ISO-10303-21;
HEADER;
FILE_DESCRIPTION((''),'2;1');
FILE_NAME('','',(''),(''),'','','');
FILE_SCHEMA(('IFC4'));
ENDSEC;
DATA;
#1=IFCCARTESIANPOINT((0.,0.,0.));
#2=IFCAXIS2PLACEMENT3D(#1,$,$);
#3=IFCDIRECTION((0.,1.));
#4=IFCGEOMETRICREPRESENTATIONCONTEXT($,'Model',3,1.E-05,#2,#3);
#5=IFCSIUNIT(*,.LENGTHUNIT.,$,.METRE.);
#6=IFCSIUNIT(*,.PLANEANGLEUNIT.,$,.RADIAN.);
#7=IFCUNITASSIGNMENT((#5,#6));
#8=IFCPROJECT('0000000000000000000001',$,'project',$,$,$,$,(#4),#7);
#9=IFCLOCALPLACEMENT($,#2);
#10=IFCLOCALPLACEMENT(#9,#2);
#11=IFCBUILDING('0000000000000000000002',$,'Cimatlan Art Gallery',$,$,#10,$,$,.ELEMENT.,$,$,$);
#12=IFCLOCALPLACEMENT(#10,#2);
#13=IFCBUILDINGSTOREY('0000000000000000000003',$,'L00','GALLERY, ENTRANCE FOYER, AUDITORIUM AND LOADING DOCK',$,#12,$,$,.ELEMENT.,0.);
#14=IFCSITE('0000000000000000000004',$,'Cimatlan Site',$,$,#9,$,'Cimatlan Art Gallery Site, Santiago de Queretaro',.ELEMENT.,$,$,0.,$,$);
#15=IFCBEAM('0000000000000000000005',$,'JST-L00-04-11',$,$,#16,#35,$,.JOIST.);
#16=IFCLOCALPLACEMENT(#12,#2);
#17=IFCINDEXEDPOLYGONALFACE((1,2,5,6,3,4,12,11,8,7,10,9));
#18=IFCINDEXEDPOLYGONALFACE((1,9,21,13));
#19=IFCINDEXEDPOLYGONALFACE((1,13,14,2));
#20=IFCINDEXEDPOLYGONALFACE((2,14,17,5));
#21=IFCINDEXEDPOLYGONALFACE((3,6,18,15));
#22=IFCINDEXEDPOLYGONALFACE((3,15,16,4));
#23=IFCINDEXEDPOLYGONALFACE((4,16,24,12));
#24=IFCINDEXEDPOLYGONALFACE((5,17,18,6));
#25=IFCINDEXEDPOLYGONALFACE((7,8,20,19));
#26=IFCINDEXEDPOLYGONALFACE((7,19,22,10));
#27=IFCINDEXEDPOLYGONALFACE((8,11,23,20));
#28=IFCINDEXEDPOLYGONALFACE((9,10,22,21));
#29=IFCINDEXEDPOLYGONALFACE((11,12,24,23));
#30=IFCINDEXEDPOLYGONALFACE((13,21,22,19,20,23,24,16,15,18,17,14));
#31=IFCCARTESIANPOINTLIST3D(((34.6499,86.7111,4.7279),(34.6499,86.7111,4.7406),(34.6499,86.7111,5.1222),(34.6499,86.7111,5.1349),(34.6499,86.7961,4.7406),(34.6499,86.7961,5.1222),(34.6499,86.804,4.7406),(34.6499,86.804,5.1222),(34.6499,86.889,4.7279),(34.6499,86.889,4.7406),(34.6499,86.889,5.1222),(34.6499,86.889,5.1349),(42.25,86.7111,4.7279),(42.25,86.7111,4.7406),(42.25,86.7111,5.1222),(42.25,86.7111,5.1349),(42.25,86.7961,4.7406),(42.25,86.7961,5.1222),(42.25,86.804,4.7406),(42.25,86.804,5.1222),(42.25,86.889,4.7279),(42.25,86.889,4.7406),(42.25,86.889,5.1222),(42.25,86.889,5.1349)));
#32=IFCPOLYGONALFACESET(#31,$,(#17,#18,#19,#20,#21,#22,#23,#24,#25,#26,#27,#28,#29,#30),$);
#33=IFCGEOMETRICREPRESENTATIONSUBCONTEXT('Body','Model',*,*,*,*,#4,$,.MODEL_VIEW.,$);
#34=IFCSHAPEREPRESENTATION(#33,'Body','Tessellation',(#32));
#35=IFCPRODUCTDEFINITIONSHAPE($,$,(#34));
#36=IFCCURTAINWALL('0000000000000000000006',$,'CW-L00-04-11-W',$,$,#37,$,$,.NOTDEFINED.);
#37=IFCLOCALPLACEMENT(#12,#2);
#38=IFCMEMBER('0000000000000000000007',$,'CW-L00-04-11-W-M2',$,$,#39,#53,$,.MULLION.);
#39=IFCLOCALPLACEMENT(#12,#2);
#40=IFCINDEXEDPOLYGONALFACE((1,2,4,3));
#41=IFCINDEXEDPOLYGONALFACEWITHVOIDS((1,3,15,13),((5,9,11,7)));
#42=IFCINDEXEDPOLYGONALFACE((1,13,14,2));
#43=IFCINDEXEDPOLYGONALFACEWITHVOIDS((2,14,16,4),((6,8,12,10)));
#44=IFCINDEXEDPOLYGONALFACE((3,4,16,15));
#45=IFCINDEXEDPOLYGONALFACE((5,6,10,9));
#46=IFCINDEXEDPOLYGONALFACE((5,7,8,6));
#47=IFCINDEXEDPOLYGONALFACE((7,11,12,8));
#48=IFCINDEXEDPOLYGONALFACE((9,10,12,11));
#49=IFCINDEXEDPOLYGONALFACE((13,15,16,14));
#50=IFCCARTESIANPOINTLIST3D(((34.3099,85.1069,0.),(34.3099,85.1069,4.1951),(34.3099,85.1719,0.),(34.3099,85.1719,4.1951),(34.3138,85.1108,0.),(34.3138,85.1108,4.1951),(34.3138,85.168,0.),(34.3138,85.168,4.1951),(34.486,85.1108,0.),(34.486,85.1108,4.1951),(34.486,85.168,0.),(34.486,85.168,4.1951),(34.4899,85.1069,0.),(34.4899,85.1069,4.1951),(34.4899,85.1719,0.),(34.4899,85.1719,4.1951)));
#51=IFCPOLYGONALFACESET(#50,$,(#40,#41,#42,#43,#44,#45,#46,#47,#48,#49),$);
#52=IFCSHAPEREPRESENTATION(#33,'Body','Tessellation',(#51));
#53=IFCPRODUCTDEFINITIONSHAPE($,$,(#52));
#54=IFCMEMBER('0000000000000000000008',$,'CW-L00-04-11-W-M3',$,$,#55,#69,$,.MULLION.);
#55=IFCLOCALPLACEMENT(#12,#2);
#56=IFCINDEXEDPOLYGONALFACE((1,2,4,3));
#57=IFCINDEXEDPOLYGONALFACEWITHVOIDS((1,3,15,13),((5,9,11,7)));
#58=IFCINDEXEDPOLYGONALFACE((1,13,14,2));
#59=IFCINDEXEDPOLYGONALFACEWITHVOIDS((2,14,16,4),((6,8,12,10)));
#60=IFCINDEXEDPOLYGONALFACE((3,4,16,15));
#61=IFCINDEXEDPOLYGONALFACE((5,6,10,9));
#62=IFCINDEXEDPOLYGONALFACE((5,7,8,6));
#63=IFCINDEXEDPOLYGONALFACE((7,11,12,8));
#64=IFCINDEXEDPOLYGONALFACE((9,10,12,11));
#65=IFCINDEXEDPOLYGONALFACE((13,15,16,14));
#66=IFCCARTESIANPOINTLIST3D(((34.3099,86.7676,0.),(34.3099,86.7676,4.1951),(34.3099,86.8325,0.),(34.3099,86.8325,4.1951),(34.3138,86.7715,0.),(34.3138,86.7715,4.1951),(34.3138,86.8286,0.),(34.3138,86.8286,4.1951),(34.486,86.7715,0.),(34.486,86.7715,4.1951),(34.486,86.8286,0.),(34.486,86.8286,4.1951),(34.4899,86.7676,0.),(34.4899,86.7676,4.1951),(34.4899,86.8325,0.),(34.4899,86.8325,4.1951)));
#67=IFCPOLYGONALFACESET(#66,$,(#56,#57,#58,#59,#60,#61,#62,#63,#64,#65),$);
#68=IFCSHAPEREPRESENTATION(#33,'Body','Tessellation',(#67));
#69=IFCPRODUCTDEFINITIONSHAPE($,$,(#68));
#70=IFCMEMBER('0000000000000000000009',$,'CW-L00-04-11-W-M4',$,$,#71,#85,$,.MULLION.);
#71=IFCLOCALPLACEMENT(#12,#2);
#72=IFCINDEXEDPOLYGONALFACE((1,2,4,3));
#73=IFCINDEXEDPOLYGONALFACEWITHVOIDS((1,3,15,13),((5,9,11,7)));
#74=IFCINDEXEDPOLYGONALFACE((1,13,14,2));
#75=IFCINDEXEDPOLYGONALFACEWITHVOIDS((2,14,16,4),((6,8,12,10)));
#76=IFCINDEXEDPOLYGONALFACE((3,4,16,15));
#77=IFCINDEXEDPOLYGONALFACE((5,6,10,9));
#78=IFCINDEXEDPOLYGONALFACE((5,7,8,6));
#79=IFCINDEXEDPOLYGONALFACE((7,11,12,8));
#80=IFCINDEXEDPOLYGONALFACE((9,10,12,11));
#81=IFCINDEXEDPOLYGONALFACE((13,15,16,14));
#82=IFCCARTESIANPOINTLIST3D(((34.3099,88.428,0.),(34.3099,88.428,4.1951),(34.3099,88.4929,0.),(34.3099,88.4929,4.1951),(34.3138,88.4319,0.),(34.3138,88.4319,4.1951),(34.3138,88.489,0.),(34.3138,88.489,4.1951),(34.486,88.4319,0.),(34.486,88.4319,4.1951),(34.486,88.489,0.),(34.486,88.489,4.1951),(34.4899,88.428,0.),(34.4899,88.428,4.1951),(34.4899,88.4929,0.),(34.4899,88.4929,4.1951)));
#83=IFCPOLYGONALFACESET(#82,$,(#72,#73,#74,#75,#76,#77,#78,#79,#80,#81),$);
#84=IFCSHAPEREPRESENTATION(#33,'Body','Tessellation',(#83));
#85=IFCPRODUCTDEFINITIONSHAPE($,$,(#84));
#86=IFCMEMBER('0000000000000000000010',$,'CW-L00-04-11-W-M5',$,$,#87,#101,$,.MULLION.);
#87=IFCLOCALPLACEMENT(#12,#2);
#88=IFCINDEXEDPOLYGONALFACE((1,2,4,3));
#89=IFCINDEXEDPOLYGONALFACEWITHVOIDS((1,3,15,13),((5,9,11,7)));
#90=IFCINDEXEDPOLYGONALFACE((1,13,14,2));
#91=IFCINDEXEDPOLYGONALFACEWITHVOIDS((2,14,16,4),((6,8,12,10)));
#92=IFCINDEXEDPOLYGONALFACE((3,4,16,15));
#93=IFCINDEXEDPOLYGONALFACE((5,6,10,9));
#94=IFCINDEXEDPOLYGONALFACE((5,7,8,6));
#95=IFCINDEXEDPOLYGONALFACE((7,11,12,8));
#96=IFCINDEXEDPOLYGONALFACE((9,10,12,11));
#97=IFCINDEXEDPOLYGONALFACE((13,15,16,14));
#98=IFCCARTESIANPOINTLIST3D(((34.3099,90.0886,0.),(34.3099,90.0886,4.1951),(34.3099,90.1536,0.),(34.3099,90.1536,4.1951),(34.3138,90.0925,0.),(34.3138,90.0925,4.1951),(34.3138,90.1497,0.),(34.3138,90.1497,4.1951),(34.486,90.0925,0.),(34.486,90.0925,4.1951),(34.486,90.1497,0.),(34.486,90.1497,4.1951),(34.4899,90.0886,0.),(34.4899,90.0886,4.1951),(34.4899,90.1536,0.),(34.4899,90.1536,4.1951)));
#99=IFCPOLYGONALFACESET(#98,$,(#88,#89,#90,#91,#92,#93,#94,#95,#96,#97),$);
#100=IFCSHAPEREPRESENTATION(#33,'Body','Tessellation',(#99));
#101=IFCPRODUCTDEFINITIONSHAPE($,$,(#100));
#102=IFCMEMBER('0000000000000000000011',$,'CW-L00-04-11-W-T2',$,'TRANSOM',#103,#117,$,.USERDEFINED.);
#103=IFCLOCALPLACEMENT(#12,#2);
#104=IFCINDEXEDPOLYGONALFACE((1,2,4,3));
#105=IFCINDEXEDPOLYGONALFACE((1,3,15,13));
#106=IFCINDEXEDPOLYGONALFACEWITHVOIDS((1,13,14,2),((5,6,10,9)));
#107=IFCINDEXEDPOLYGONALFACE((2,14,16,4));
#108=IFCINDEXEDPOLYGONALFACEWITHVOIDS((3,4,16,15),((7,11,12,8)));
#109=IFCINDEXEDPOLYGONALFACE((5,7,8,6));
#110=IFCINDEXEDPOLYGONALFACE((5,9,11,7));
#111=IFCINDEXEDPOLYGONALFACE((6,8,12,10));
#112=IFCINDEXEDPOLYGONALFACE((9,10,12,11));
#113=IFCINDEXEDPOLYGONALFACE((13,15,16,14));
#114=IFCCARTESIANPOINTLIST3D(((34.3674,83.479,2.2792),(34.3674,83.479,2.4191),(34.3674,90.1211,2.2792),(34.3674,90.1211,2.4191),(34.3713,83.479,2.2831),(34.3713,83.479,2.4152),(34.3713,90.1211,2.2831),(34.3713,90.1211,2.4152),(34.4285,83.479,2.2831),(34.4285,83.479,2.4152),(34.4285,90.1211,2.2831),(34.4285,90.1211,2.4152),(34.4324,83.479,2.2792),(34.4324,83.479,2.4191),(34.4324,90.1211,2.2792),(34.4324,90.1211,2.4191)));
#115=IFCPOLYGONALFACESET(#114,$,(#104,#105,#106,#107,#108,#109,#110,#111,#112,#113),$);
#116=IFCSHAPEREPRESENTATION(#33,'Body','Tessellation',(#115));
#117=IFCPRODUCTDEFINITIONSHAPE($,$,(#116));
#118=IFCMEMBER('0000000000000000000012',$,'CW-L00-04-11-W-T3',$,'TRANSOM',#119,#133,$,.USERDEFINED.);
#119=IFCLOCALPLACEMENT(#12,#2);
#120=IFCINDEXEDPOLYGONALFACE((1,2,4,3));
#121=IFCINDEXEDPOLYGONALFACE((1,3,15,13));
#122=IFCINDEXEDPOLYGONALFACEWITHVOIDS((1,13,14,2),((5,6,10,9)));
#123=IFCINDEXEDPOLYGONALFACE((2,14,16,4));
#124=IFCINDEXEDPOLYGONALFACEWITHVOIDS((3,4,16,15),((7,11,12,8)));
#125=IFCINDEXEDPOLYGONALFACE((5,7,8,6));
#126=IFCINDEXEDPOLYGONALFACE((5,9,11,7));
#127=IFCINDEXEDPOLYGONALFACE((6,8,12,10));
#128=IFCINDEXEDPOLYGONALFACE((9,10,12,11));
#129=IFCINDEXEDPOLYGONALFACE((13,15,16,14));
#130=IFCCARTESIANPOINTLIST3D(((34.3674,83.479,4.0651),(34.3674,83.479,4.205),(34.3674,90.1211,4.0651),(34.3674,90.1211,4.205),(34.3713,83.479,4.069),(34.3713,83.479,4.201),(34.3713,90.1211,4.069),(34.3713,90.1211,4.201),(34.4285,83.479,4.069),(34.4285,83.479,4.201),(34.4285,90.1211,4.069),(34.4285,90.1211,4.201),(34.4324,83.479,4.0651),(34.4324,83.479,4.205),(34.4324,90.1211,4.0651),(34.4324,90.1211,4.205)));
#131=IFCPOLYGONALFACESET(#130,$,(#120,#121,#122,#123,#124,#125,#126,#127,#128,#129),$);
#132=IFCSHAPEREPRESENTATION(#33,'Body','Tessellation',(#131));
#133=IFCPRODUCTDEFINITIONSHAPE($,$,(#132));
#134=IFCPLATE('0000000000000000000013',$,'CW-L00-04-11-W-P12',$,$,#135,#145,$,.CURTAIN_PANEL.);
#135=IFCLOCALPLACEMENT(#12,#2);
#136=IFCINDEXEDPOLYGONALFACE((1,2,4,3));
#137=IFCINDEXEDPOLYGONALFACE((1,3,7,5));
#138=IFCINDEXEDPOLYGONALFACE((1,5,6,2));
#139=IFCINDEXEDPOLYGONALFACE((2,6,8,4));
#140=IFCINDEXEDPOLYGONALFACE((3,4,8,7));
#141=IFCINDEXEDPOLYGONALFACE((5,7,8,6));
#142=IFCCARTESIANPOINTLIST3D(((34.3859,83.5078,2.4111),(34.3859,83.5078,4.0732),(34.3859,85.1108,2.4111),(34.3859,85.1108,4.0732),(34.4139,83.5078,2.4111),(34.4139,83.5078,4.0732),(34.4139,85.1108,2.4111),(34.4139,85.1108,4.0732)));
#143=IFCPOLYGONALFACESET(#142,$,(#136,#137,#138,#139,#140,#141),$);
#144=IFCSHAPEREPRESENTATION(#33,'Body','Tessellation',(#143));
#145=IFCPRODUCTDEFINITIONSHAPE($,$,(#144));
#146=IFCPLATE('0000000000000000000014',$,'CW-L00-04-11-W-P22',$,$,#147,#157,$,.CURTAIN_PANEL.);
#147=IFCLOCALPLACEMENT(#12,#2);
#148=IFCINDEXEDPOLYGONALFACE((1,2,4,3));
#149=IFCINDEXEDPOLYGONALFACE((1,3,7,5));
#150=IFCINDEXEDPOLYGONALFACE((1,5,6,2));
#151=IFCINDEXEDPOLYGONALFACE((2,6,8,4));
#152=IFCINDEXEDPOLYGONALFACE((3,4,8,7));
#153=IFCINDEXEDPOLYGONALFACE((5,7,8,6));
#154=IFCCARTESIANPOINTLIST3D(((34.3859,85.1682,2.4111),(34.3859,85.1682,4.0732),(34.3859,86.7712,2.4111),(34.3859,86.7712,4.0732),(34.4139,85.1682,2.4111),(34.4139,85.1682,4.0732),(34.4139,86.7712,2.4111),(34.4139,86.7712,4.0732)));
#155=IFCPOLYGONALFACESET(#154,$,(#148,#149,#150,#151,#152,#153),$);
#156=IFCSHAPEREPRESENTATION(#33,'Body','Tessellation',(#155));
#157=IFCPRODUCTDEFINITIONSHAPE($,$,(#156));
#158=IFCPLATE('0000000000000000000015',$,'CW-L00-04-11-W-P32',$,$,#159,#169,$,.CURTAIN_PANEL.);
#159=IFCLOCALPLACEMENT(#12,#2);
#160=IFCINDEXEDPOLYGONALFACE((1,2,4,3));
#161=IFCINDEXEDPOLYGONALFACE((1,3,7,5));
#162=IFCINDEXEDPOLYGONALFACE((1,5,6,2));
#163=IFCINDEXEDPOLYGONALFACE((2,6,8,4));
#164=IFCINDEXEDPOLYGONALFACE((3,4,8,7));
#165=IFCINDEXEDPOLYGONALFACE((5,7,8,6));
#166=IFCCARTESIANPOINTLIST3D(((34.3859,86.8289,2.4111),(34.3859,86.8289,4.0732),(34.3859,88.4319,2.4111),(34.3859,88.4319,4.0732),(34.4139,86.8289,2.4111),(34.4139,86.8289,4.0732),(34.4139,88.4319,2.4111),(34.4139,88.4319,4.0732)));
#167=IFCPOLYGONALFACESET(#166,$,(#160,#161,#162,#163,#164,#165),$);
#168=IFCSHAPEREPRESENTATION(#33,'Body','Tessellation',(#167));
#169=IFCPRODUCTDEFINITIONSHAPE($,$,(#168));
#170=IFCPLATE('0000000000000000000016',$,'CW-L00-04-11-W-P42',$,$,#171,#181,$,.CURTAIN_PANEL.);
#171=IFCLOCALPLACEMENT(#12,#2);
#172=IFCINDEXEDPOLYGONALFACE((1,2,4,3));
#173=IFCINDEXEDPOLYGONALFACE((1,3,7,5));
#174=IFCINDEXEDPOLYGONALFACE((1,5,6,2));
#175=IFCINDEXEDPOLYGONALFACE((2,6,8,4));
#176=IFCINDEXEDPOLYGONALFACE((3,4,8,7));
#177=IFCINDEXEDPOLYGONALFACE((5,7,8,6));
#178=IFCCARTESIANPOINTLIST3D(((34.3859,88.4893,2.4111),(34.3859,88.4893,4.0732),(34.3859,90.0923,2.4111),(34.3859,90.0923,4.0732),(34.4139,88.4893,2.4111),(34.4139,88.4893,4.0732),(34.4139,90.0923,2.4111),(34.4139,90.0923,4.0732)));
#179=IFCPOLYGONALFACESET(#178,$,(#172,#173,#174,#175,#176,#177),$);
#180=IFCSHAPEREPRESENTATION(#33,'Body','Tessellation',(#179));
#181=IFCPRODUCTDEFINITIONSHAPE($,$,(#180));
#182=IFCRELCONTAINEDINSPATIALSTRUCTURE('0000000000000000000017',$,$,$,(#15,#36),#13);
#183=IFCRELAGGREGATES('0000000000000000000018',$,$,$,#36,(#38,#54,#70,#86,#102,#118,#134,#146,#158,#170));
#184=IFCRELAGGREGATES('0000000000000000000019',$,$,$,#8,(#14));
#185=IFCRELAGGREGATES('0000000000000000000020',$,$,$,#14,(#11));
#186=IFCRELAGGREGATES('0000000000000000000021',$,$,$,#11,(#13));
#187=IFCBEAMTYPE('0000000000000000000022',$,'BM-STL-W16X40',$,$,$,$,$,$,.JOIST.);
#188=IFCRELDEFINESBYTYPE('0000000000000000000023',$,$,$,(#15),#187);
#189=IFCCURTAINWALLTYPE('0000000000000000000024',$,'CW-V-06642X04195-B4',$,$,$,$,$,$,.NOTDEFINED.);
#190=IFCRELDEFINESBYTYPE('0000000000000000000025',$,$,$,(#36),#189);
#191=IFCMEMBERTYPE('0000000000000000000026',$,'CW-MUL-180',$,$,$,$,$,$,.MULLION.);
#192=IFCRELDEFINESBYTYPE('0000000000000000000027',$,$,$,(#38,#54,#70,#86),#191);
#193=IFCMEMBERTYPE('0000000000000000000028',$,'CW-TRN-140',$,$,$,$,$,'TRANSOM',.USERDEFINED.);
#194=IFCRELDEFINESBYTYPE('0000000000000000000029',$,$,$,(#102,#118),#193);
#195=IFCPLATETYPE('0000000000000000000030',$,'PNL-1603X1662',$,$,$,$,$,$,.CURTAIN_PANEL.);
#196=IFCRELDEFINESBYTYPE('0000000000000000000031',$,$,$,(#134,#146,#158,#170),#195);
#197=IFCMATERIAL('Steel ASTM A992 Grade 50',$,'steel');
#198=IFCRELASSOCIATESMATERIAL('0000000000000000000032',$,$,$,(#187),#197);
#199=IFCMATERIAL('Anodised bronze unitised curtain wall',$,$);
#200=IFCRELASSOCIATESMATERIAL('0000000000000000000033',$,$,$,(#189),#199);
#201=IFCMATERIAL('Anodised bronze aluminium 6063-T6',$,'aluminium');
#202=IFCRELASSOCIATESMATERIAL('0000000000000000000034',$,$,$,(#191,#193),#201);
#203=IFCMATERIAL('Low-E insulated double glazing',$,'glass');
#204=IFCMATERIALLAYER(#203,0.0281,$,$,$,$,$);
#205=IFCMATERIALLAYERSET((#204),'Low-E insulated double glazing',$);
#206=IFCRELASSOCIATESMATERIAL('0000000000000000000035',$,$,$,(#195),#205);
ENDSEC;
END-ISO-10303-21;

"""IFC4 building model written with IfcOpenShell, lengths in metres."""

from ifc_helpers import new_model, si_unit, direction, frame, origin, origin_2d, place, context, subcontext, project, spatial, rectangle, hollow_rectangle, i_section, extrude, material, layer, layer_set, material_profile, profile_set, type_object, element, aggregate, save


model = new_model("IFC4")

# Units and contexts
model_context = context("Model", 3, precision=1e-05, world=origin(), true_north=direction((0.0, 1.0)))
body_context = subcontext(model_context, "Body", "Model", "MODEL_VIEW")
ifc_project = project(units=[si_unit("LENGTHUNIT", "METRE"), si_unit("PLANEANGLEUNIT", "RADIAN")], contexts=[model_context])

# Site, building, storey
site_placement = place(None, origin())
site = spatial("IfcSite", under=ifc_project, at=site_placement, Name="Cimatlan Site", LongName="Cimatlan Art Gallery Site, Santiago de Queretaro", CompositionType="ELEMENT", RefElevation=0.0)
building_placement = place(site_placement, origin())
building = spatial("IfcBuilding", under=site, at=building_placement, Name="Cimatlan Art Gallery", CompositionType="ELEMENT")
storey_placement = place(building_placement, origin())
storey = spatial("IfcBuildingStorey", under=building, at=storey_placement, Name="L00", Description="GALLERY, ENTRANCE FOYER, AUDITORIUM AND LOADING DOCK", CompositionType="ELEMENT", Elevation=0.0)

# Beam
ifc_material_1 = material(Name="Steel ASTM A992 Grade 50", Category="steel")
ifc_material_profile_1 = material_profile(ifc_material_1, i_section(OverallWidth=0.178, OverallDepth=0.407, WebThickness=0.0078, FlangeThickness=0.0127, at=origin_2d()), Name="W16X40")
ifc_profile_set_1 = profile_set([ifc_material_profile_1], Name="Steel ASTM A992 Grade 50")
beam_type_1 = type_object("IfcBeamType", Name="BM-STL-W16X40", PredefinedType="JOIST", material=ifc_profile_set_1)
for number, where, z_axis, x_axis, name in (
    (1, (34.6499, 86.8, 4.9314), (1.0, 0.0, 0.0), (0.0, 1.0, 0.0), "JST-L00-04-11"),
):
    element("IfcBeam", number, at=place(storey_placement, frame(where, z_axis=z_axis, x_axis=x_axis)), inside=storey, type_object=beam_type_1, Name=name, PredefinedType="JOIST", context=body_context, shape_type="SweptSolid", body=[
        extrude(i_section(OverallWidth=0.178, OverallDepth=0.407, WebThickness=0.0078, FlangeThickness=0.0127, at=origin_2d()), origin(), (0.0, 0.0, 1.0), 7.6001),
    ])

# Curtain wall, members, plates
ifc_material_2 = material(Name="Anodised bronze unitised curtain wall")
curtain_wall_type = type_object("IfcCurtainWallType", Name="CW-V-06642X04195-B4", PredefinedType="NOTDEFINED", material=ifc_material_2)
curtain_wall_placement = place(storey_placement, origin())
curtain_wall = element("IfcCurtainWall", 2, at=curtain_wall_placement, inside=storey, type_object=curtain_wall_type, Name="CW-L00-04-11-W", PredefinedType="NOTDEFINED")
ifc_material_3 = material(Name="Anodised bronze aluminium 6063-T6", Category="aluminium")
ifc_material_profile_2 = material_profile(ifc_material_3, hollow_rectangle(XDim=0.0649, YDim=0.1799, WallThickness=0.0039, at=origin_2d()), Name="ALU65X180X4")
ifc_profile_set_2 = profile_set([ifc_material_profile_2], Name="Anodised bronze aluminium 6063-T6")
member_type_1 = type_object("IfcMemberType", Name="CW-MUL-180", PredefinedType="MULLION", material=ifc_profile_set_2)
member_1_placement = place(storey_placement, frame((34.3999, 85.1394, 0.0), z_axis=(0.0, 0.0, 1.0), x_axis=(0.0, 1.0, 0.0)))
member_1 = element("IfcMember", 3, at=member_1_placement, type_object=member_type_1, Name="CW-L00-04-11-W-M2", PredefinedType="MULLION", context=body_context, shape_type="SweptSolid", body=[
    extrude(hollow_rectangle(XDim=0.0649, YDim=0.1799, WallThickness=0.0039, at=origin_2d()), origin(), (0.0, 0.0, 1.0), 4.1951),
])
member_2_placement = place(storey_placement, frame((34.3999, 86.8, 0.0), z_axis=(0.0, 0.0, 1.0), x_axis=(0.0, 1.0, 0.0)))
member_2 = element("IfcMember", 4, at=member_2_placement, type_object=member_type_1, Name="CW-L00-04-11-W-M3", PredefinedType="MULLION", context=body_context, shape_type="SweptSolid", body=[
    extrude(hollow_rectangle(XDim=0.0649, YDim=0.1799, WallThickness=0.0039, at=origin_2d()), origin(), (0.0, 0.0, 1.0), 4.1951),
])
member_3_placement = place(storey_placement, frame((34.3999, 88.4604, 0.0), z_axis=(0.0, 0.0, 1.0), x_axis=(0.0, 1.0, 0.0)))
member_3 = element("IfcMember", 5, at=member_3_placement, type_object=member_type_1, Name="CW-L00-04-11-W-M4", PredefinedType="MULLION", context=body_context, shape_type="SweptSolid", body=[
    extrude(hollow_rectangle(XDim=0.0649, YDim=0.1799, WallThickness=0.0039, at=origin_2d()), origin(), (0.0, 0.0, 1.0), 4.1951),
])
member_4_placement = place(storey_placement, frame((34.3999, 90.1211, 0.0), z_axis=(0.0, 0.0, 1.0), x_axis=(0.0, 1.0, 0.0)))
member_4 = element("IfcMember", 6, at=member_4_placement, type_object=member_type_1, Name="CW-L00-04-11-W-M5", PredefinedType="MULLION", context=body_context, shape_type="SweptSolid", body=[
    extrude(hollow_rectangle(XDim=0.0649, YDim=0.1799, WallThickness=0.0039, at=origin_2d()), origin(), (0.0, 0.0, 1.0), 4.1951),
])
ifc_material_profile_3 = material_profile(ifc_material_3, hollow_rectangle(XDim=0.0649, YDim=0.1399, WallThickness=0.0039, at=origin_2d()), Name="ALU65X140X4")
ifc_profile_set_3 = profile_set([ifc_material_profile_3], Name="Anodised bronze aluminium 6063-T6")
member_type_2 = type_object("IfcMemberType", Name="CW-TRN-140", ElementType="TRANSOM", PredefinedType="USERDEFINED", material=ifc_profile_set_3)
member_5_placement = place(storey_placement, frame((34.3999, 83.479, 2.3491), z_axis=(0.0, 1.0, 0.0), x_axis=(-1.0, 0.0, 0.0)))
member_5 = element("IfcMember", 7, at=member_5_placement, type_object=member_type_2, Name="CW-L00-04-11-W-T2", ObjectType="TRANSOM", PredefinedType="USERDEFINED", context=body_context, shape_type="SweptSolid", body=[
    extrude(hollow_rectangle(XDim=0.0649, YDim=0.1399, WallThickness=0.0039, at=origin_2d()), origin(), (0.0, 0.0, 1.0), 6.6421),
])
member_6_placement = place(storey_placement, frame((34.3999, 83.479, 4.135), z_axis=(0.0, 1.0, 0.0), x_axis=(-1.0, 0.0, 0.0)))
member_6 = element("IfcMember", 8, at=member_6_placement, type_object=member_type_2, Name="CW-L00-04-11-W-T3", ObjectType="TRANSOM", PredefinedType="USERDEFINED", context=body_context, shape_type="SweptSolid", body=[
    extrude(hollow_rectangle(XDim=0.0649, YDim=0.1399, WallThickness=0.0039, at=origin_2d()), origin(), (0.0, 0.0, 1.0), 6.6421),
])
ifc_material_4 = material(Name="Low-E insulated double glazing", Category="glass")
ifc_layer_1 = layer(ifc_material_4, 0.0281)
ifc_layer_set_1 = layer_set([ifc_layer_1], Name="Low-E insulated double glazing")
plate_type_1 = type_object("IfcPlateType", Name="PNL-1603X1662", PredefinedType="CURTAIN_PANEL", material=ifc_layer_set_1)
plate_1_placement = place(storey_placement, frame((34.3999, 84.3093, 2.4111), z_axis=(0.0, 0.0, 1.0), x_axis=(0.0, 1.0, 0.0)))
plate_1 = element("IfcPlate", 9, at=plate_1_placement, type_object=plate_type_1, Name="CW-L00-04-11-W-P12", PredefinedType="CURTAIN_PANEL", context=body_context, shape_type="SweptSolid", body=[
    extrude(rectangle(XDim=1.603, YDim=0.0281, at=origin_2d()), origin(), (0.0, 0.0, 1.0), 1.6621),
])
plate_2_placement = place(storey_placement, frame((34.3999, 85.9697, 2.4111), z_axis=(0.0, 0.0, 1.0), x_axis=(0.0, 1.0, 0.0)))
plate_2 = element("IfcPlate", 10, at=plate_2_placement, type_object=plate_type_1, Name="CW-L00-04-11-W-P22", PredefinedType="CURTAIN_PANEL", context=body_context, shape_type="SweptSolid", body=[
    extrude(rectangle(XDim=1.603, YDim=0.0281, at=origin_2d()), origin(), (0.0, 0.0, 1.0), 1.6621),
])
plate_3_placement = place(storey_placement, frame((34.3999, 87.6304, 2.4111), z_axis=(0.0, 0.0, 1.0), x_axis=(0.0, 1.0, 0.0)))
plate_3 = element("IfcPlate", 11, at=plate_3_placement, type_object=plate_type_1, Name="CW-L00-04-11-W-P32", PredefinedType="CURTAIN_PANEL", context=body_context, shape_type="SweptSolid", body=[
    extrude(rectangle(XDim=1.603, YDim=0.0281, at=origin_2d()), origin(), (0.0, 0.0, 1.0), 1.6621),
])
plate_4_placement = place(storey_placement, frame((34.3999, 89.2908, 2.4111), z_axis=(0.0, 0.0, 1.0), x_axis=(0.0, 1.0, 0.0)))
plate_4 = element("IfcPlate", 12, at=plate_4_placement, type_object=plate_type_1, Name="CW-L00-04-11-W-P42", PredefinedType="CURTAIN_PANEL", context=body_context, shape_type="SweptSolid", body=[
    extrude(rectangle(XDim=1.603, YDim=0.0281, at=origin_2d()), origin(), (0.0, 0.0, 1.0), 1.6621),
])
aggregate(curtain_wall, [member_1, member_2, member_3, member_4, member_5, member_6, plate_1, plate_2, plate_3, plate_4])

save(model, "model.ifc")
